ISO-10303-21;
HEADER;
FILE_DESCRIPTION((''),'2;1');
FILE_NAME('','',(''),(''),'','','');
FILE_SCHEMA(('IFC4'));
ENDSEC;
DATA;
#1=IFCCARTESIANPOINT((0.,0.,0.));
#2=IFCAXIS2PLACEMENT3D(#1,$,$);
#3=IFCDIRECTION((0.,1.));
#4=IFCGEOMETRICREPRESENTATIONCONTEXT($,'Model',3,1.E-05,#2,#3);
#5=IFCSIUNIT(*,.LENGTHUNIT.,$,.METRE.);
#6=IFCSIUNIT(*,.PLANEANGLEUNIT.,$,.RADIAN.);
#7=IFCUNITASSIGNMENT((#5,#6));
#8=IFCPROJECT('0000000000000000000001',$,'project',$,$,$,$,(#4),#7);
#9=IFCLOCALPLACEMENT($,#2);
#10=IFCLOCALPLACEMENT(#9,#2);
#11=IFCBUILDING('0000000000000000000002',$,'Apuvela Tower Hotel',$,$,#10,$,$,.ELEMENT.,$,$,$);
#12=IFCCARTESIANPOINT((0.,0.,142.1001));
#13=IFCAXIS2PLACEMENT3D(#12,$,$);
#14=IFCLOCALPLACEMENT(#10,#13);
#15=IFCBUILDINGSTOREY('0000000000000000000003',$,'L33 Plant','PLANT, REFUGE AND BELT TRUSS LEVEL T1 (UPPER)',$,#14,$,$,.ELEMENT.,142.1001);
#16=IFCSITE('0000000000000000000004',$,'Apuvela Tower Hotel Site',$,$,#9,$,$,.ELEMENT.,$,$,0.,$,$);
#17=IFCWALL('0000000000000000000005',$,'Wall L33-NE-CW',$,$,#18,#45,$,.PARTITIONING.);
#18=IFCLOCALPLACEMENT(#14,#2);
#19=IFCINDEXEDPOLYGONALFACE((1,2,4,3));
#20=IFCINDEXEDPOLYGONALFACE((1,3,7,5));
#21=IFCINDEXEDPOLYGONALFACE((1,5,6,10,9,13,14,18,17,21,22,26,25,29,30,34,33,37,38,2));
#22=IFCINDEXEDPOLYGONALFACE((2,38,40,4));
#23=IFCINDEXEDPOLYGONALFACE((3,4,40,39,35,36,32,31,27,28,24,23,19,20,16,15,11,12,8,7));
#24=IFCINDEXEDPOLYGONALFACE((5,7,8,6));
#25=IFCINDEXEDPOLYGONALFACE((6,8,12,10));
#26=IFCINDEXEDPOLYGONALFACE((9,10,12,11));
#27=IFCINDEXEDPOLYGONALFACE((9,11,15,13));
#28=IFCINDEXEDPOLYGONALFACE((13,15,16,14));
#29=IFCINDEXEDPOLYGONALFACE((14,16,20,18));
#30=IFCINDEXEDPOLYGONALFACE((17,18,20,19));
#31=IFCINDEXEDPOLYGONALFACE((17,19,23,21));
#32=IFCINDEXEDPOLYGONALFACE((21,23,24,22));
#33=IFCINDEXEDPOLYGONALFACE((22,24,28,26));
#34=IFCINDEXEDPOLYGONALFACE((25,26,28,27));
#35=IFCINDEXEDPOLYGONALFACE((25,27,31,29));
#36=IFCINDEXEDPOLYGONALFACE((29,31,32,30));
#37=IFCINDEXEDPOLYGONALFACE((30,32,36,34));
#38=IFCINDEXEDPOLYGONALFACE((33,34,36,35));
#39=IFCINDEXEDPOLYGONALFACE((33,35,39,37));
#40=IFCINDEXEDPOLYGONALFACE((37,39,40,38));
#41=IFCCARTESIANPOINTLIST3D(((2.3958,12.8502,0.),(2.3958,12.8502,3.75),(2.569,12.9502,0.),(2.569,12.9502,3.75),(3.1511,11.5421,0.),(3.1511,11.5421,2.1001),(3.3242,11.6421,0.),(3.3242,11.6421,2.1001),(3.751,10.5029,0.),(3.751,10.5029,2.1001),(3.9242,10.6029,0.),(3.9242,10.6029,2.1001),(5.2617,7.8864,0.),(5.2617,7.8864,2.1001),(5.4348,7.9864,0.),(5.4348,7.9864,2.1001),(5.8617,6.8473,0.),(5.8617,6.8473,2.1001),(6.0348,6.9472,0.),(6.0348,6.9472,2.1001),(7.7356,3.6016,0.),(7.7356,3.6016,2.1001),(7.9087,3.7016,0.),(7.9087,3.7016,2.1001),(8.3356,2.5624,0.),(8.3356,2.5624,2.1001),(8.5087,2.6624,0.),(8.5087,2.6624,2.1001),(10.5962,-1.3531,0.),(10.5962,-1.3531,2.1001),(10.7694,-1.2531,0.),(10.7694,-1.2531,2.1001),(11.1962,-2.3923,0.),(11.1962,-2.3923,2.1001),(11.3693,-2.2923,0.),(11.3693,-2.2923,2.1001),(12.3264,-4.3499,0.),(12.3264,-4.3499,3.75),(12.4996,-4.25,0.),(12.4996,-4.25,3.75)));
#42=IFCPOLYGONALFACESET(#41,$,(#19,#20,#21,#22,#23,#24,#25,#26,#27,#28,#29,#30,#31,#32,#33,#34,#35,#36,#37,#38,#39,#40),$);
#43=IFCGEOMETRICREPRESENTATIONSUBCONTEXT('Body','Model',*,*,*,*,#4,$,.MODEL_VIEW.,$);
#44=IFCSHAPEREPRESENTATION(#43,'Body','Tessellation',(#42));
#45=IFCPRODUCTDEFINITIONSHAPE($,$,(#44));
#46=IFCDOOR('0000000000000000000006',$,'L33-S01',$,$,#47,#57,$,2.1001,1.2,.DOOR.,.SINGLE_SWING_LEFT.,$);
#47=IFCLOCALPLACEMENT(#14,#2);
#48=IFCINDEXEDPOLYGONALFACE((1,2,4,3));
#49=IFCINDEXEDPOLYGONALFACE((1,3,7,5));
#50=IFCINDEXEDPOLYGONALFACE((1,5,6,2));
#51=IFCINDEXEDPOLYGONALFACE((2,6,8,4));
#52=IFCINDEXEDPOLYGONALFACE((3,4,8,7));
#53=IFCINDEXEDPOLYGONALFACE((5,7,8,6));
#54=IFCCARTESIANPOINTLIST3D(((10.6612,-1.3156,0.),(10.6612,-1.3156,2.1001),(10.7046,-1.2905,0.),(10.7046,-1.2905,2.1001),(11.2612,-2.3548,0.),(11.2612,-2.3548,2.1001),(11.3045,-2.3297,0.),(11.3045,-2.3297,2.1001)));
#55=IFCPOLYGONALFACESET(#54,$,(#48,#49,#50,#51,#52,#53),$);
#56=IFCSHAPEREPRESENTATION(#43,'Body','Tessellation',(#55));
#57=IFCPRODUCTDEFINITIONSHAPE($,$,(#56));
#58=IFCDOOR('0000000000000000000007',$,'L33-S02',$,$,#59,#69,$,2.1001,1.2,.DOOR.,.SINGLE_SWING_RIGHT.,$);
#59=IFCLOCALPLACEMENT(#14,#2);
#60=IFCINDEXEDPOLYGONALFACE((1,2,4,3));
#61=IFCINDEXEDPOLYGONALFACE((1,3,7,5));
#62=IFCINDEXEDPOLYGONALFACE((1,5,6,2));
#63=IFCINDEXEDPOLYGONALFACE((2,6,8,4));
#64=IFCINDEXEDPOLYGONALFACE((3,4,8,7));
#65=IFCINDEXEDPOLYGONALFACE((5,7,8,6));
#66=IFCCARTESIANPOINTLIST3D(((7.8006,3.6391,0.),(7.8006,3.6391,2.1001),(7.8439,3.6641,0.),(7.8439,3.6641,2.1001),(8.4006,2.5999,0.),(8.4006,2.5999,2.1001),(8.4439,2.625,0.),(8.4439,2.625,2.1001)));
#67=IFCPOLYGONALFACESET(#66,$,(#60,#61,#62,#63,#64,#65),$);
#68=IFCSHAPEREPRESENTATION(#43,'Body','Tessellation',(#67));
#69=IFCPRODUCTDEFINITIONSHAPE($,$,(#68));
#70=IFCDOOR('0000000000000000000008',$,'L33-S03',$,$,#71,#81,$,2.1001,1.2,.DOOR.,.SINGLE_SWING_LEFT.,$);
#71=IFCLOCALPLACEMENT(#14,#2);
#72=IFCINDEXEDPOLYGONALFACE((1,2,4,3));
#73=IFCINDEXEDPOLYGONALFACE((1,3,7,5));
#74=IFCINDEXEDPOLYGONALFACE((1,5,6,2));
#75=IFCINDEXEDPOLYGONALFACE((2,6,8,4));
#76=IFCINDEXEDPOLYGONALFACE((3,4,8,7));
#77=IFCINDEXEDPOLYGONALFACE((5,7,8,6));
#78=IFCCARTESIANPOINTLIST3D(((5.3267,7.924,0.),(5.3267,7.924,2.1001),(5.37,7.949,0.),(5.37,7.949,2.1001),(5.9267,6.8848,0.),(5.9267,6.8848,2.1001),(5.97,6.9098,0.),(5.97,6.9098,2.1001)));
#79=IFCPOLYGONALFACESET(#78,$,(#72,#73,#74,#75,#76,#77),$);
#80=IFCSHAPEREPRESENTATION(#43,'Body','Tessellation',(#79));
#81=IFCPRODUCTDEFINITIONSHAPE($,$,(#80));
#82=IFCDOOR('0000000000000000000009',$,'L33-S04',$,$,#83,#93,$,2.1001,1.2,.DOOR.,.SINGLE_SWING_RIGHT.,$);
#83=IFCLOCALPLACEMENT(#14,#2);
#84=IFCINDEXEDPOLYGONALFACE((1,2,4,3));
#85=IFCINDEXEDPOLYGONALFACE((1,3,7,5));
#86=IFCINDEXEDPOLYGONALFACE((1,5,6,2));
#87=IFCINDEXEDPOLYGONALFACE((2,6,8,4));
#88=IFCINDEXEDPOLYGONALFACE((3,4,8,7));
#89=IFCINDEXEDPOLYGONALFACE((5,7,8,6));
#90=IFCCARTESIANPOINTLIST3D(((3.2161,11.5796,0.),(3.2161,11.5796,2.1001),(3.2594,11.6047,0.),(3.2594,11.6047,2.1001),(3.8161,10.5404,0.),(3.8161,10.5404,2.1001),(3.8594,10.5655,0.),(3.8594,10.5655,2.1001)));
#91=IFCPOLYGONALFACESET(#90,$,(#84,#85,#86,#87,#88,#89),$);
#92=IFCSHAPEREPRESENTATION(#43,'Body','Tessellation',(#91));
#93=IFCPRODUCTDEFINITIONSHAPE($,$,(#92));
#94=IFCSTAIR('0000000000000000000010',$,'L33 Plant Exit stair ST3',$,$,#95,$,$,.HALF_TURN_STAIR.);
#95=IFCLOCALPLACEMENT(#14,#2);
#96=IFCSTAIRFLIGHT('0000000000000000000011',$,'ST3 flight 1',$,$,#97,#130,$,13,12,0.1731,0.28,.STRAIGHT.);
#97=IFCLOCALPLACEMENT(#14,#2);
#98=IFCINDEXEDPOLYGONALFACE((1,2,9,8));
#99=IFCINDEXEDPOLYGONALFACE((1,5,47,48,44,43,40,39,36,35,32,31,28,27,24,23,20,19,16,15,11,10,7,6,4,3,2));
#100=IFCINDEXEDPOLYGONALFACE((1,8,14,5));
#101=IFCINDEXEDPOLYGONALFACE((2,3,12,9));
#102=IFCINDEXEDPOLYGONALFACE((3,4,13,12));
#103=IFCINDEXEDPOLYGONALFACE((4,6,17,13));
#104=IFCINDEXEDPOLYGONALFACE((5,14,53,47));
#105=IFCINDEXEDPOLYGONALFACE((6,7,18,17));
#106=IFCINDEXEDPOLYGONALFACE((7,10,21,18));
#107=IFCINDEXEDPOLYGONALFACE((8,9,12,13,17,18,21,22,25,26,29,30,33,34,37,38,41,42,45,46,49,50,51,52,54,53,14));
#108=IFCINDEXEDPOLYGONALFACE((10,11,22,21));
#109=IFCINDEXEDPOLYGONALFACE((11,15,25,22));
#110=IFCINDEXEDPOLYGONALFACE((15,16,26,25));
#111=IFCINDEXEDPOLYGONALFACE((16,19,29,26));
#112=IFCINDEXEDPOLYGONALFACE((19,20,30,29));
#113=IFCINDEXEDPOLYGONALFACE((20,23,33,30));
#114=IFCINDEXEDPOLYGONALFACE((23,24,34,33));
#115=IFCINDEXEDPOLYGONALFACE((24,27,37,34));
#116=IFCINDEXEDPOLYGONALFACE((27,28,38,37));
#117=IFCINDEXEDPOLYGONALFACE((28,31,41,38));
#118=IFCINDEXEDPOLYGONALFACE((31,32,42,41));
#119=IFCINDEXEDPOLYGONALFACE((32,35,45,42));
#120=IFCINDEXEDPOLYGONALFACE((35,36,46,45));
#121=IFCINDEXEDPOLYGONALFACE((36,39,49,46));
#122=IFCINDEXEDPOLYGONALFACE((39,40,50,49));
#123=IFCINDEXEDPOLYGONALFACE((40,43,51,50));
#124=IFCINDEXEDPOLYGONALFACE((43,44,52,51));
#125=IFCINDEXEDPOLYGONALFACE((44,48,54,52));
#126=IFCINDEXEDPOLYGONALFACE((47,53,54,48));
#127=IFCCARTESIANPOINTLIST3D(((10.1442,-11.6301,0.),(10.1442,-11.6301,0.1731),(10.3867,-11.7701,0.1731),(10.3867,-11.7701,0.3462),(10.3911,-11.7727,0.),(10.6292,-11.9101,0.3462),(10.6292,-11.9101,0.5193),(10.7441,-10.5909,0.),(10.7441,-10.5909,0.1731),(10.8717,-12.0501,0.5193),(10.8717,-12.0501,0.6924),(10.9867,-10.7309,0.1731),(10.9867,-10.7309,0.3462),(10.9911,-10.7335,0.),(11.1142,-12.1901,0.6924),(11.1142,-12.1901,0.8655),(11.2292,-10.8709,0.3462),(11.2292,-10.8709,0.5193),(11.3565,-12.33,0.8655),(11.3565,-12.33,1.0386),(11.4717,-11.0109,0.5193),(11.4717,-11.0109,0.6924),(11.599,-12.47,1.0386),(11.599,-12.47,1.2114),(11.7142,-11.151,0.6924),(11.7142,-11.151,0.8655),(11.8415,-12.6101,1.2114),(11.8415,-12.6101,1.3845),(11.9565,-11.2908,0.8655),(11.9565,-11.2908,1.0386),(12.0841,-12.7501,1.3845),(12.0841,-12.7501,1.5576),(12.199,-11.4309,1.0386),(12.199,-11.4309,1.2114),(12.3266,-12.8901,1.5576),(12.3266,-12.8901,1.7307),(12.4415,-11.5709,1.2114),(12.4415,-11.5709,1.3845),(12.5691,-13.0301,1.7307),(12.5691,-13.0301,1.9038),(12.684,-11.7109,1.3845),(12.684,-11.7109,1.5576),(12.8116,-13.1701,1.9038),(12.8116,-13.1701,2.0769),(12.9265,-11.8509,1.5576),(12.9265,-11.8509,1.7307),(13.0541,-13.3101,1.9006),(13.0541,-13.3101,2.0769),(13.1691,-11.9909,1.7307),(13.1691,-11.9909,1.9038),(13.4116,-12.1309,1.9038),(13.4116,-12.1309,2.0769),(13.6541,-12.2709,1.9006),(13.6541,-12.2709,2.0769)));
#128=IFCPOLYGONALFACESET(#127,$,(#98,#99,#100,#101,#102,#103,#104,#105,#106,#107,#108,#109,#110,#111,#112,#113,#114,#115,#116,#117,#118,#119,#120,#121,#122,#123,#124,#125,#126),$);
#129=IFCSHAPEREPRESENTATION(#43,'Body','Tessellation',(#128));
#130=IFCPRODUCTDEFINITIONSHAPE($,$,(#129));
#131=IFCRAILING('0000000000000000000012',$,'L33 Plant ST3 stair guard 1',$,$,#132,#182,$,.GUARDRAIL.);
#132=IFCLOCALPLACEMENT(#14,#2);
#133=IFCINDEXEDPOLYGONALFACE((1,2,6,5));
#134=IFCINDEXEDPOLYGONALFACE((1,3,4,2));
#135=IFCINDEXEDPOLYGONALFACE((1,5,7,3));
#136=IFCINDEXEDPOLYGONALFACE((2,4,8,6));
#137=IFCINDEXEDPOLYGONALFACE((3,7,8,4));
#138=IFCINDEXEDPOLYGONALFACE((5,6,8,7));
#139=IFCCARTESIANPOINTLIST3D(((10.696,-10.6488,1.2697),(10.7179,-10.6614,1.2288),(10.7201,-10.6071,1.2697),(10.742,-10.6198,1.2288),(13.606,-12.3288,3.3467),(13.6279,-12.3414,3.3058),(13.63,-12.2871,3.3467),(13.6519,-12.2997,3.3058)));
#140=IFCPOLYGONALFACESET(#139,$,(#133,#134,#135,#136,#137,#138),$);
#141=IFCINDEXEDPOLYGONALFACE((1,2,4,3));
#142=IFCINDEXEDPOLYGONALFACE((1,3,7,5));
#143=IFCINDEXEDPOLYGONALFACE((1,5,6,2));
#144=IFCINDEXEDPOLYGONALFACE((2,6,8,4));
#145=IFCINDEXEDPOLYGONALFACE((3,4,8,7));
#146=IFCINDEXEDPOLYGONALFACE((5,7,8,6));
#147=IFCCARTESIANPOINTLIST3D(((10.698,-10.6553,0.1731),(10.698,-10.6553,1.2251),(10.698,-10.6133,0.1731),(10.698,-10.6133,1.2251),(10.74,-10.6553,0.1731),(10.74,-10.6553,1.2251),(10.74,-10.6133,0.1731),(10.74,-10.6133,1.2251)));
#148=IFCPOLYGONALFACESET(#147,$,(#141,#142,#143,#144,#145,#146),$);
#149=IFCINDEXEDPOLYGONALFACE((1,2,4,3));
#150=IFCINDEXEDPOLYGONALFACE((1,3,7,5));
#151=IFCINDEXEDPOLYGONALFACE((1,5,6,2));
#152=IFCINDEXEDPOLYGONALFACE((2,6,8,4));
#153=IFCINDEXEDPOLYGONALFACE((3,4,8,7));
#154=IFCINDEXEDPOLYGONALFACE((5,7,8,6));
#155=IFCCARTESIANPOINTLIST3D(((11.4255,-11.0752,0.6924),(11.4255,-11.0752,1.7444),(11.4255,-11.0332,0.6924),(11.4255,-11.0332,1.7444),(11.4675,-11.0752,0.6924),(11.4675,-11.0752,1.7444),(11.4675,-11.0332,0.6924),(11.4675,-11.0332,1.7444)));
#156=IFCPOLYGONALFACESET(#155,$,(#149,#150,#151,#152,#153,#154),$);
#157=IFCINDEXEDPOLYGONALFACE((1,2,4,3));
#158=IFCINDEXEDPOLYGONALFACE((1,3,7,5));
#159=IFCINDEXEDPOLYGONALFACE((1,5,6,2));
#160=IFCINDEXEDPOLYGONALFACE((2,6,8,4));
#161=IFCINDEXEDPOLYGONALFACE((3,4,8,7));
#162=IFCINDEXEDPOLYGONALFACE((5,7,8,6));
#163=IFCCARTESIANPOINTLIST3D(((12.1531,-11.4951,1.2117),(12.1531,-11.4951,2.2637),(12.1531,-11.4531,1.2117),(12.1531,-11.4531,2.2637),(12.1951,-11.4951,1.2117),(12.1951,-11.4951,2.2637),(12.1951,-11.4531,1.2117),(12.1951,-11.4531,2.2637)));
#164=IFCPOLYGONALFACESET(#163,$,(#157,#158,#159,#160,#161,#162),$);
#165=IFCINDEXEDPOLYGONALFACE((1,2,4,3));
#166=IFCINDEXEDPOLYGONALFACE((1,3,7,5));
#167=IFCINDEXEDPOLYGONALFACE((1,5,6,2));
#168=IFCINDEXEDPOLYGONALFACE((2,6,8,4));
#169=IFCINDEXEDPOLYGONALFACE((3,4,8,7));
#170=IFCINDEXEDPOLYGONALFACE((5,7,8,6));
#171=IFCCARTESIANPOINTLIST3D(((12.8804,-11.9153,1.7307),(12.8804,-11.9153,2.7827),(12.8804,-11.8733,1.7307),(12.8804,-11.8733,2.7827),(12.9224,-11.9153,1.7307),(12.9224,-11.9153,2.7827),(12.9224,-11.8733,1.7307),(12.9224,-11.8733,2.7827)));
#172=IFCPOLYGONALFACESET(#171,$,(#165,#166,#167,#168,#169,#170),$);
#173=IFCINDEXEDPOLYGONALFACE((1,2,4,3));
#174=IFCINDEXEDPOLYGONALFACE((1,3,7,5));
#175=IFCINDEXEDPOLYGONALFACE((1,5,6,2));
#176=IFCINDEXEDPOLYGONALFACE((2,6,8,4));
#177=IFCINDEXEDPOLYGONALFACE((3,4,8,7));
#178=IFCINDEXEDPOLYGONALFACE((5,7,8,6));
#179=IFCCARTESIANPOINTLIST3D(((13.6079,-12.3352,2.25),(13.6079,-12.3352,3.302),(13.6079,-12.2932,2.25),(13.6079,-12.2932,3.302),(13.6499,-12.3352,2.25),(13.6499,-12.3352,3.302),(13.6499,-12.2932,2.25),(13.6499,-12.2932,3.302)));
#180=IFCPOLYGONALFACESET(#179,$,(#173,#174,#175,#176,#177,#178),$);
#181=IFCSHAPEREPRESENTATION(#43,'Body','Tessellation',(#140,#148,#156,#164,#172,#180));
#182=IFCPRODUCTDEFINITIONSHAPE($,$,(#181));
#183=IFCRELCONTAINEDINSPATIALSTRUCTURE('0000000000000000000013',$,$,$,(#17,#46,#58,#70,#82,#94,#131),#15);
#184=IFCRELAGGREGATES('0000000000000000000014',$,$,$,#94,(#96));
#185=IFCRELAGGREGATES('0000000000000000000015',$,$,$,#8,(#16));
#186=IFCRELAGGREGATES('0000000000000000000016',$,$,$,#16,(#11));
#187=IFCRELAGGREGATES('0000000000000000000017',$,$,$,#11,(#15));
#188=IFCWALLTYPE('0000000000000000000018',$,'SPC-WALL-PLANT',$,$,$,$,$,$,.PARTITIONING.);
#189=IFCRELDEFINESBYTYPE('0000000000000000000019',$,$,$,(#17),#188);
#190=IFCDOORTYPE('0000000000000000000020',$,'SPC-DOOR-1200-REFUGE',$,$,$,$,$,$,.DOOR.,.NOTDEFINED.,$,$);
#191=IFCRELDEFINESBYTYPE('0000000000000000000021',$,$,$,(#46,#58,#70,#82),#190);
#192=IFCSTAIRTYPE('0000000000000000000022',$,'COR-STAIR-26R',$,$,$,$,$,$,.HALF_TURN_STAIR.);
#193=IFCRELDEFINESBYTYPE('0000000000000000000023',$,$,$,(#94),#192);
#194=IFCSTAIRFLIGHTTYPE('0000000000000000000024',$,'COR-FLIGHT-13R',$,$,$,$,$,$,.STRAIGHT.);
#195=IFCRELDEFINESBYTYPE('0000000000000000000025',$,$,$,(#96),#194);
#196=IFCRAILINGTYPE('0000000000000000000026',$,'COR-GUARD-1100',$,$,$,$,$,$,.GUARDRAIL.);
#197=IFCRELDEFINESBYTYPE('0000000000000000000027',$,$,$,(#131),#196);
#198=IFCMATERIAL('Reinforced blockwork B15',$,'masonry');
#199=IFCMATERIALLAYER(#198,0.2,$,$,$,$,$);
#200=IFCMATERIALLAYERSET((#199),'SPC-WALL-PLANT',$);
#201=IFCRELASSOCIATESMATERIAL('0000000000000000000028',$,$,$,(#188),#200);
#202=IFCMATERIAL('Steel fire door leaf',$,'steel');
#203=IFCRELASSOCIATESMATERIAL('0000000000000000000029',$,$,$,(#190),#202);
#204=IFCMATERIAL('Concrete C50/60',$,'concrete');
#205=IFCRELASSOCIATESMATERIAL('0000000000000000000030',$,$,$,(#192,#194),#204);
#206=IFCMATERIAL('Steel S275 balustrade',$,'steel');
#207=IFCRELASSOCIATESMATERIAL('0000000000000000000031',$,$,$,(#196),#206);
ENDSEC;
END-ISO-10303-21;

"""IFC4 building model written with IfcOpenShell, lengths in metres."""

from ifc_helpers import new_model, si_unit, direction, frame, frame_2d, origin, origin_2d, place, context, subcontext, project, spatial, polyline, rectangle, outline, extrude, material, layer, layer_set, type_object, element, fill, aggregate, save


model = new_model("IFC4")

# Units and contexts
model_context = context("Model", 3, precision=1e-05, world=origin(), true_north=direction((0.0, 1.0)))
body_context = subcontext(model_context, "Body", "Model", "MODEL_VIEW")
ifc_project = project(units=[si_unit("LENGTHUNIT", "METRE"), si_unit("PLANEANGLEUNIT", "RADIAN")], contexts=[model_context])

# Site, building, storey
site_placement = place(None, origin())
site = spatial("IfcSite", under=ifc_project, at=site_placement, Name="Apuvela Tower Hotel Site", CompositionType="ELEMENT", RefElevation=0.0)
building_placement = place(site_placement, origin())
building = spatial("IfcBuilding", under=site, at=building_placement, Name="Apuvela Tower Hotel", CompositionType="ELEMENT")
storey_placement = place(building_placement, frame((0.0, 0.0, 142.1001)))
storey = spatial("IfcBuildingStorey", under=building, at=storey_placement, Name="L33 Plant", Description="PLANT, REFUGE AND BELT TRUSS LEVEL T1 (UPPER)", CompositionType="ELEMENT", Elevation=142.1001)

# Shared definitions
ifc_material_1 = material(Name="Concrete C50/60", Category="concrete")

# Shared definitions
ifc_material_2 = material(Name="Reinforced blockwork B15", Category="masonry")
ifc_layer_1 = layer(ifc_material_2, 0.2)
ifc_layer_set_1 = layer_set([ifc_layer_1], Name="SPC-WALL-PLANT")
wall_type_1 = type_object("IfcWallType", Name="SPC-WALL-PLANT", PredefinedType="PARTITIONING", material=ifc_layer_set_1)

# Wall, openings, doors
wall_1_placement = place(storey_placement, frame((12.4131, -4.3, 0.0), z_axis=(0.0, 0.0, 1.0), x_axis=(-0.500005, 0.866023, 0.0)))
wall_1 = element("IfcWall", 1, at=wall_1_placement, inside=storey, type_object=wall_type_1, Name="Wall L33-NE-CW", PredefinedType="PARTITIONING", context=body_context, shape_type="SweptSolid", body=[
    extrude(rectangle(XDim=19.8611, YDim=0.2, at=frame_2d((9.9307, 0.0))), origin(), (0.0, 0.0, 1.0), 3.75),
])
opening_1_placement = place(wall_1_placement, frame((2.2605, 0.0, 0.0)))
opening_1 = element("IfcOpeningElement", 2, at=opening_1_placement, cuts=wall_1, PredefinedType="OPENING", context=body_context, shape_type="SweptSolid", body=[
    extrude(rectangle(XDim=1.2, YDim=2.1001, at=frame_2d((0.6001, 1.05))), frame((0.0, 0.1099, 0.0), z_axis=(0.0, -1.0, 0.0), x_axis=(1.0, 0.0, 0.0)), (0.0, 0.0, 1.0), 0.22),
])
opening_2_placement = place(wall_1_placement, frame((7.9817, 0.0, 0.0)))
opening_2 = element("IfcOpeningElement", 3, at=opening_2_placement, cuts=wall_1, PredefinedType="OPENING", context=body_context, shape_type="SweptSolid", body=[
    extrude(rectangle(XDim=1.2, YDim=2.1001, at=frame_2d((0.6001, 1.05))), frame((0.0, 0.1099, 0.0), z_axis=(0.0, -1.0, 0.0), x_axis=(1.0, 0.0, 0.0)), (0.0, 0.0, 1.0), 0.22),
])
opening_3_placement = place(wall_1_placement, frame((12.9294, 0.0, 0.0)))
opening_3 = element("IfcOpeningElement", 4, at=opening_3_placement, cuts=wall_1, PredefinedType="OPENING", context=body_context, shape_type="SweptSolid", body=[
    extrude(rectangle(XDim=1.2, YDim=2.1001, at=frame_2d((0.6001, 1.05))), frame((0.0, 0.1099, 0.0), z_axis=(0.0, -1.0, 0.0), x_axis=(1.0, 0.0, 0.0)), (0.0, 0.0, 1.0), 0.22),
])
opening_4_placement = place(wall_1_placement, frame((17.1506, 0.0, 0.0)))
opening_4 = element("IfcOpeningElement", 5, at=opening_4_placement, cuts=wall_1, PredefinedType="OPENING", context=body_context, shape_type="SweptSolid", body=[
    extrude(rectangle(XDim=1.2, YDim=2.1001, at=frame_2d((0.6001, 1.05))), frame((0.0, 0.1099, 0.0), z_axis=(0.0, -1.0, 0.0), x_axis=(1.0, 0.0, 0.0)), (0.0, 0.0, 1.0), 0.22),
])
ifc_material_3 = material(Name="Steel fire door leaf", Category="steel")
door_type_1 = type_object("IfcDoorType", Name="SPC-DOOR-1200-REFUGE", OperationType="NOTDEFINED", PredefinedType="DOOR", material=ifc_material_3)
door_1_placement = place(opening_1_placement, origin())
door_1 = element("IfcDoor", 6, at=door_1_placement, inside=storey, type_object=door_type_1, Name="L33-S01", OperationType="SINGLE_SWING_LEFT", OverallHeight=2.1001, OverallWidth=1.2, PredefinedType="DOOR", context=body_context, shape_type="SweptSolid", body=[
    extrude(rectangle(XDim=1.2, YDim=2.1001, at=frame_2d((0.6001, 1.05))), frame((0.0, 0.0249, 0.0), z_axis=(0.0, -1.0, 0.0), x_axis=(1.0, 0.0, 0.0)), (0.0, 0.0, 1.0), 0.05),
])
fill(opening_1, door_1)
door_2_placement = place(opening_2_placement, origin())
door_2 = element("IfcDoor", 7, at=door_2_placement, inside=storey, type_object=door_type_1, Name="L33-S02", OperationType="SINGLE_SWING_RIGHT", OverallHeight=2.1001, OverallWidth=1.2, PredefinedType="DOOR", context=body_context, shape_type="SweptSolid", body=[
    extrude(rectangle(XDim=1.2, YDim=2.1001, at=frame_2d((0.6001, 1.05))), frame((0.0, 0.0249, 0.0), z_axis=(0.0, -1.0, 0.0), x_axis=(1.0, 0.0, 0.0)), (0.0, 0.0, 1.0), 0.05),
])
fill(opening_2, door_2)
door_3_placement = place(opening_3_placement, origin())
door_3 = element("IfcDoor", 8, at=door_3_placement, inside=storey, type_object=door_type_1, Name="L33-S03", OperationType="SINGLE_SWING_LEFT", OverallHeight=2.1001, OverallWidth=1.2, PredefinedType="DOOR", context=body_context, shape_type="SweptSolid", body=[
    extrude(rectangle(XDim=1.2, YDim=2.1001, at=frame_2d((0.6001, 1.05))), frame((0.0, 0.0249, 0.0), z_axis=(0.0, -1.0, 0.0), x_axis=(1.0, 0.0, 0.0)), (0.0, 0.0, 1.0), 0.05),
])
fill(opening_3, door_3)
door_4_placement = place(opening_4_placement, origin())
door_4 = element("IfcDoor", 9, at=door_4_placement, inside=storey, type_object=door_type_1, Name="L33-S04", OperationType="SINGLE_SWING_RIGHT", OverallHeight=2.1001, OverallWidth=1.2, PredefinedType="DOOR", context=body_context, shape_type="SweptSolid", body=[
    extrude(rectangle(XDim=1.2, YDim=2.1001, at=frame_2d((0.6001, 1.05))), frame((0.0, 0.0249, 0.0), z_axis=(0.0, -1.0, 0.0), x_axis=(1.0, 0.0, 0.0)), (0.0, 0.0, 1.0), 0.05),
])
fill(opening_4, door_4)

# Stair, stair flight
stair_type = type_object("IfcStairType", Name="COR-STAIR-26R", PredefinedType="HALF_TURN_STAIR", material=ifc_material_1)
stair_placement = place(storey_placement, origin())
stair = element("IfcStair", 10, at=stair_placement, inside=storey, type_object=stair_type, Name="L33 Plant Exit stair ST3", PredefinedType="HALF_TURN_STAIR")
stair_flight_type = type_object("IfcStairFlightType", Name="COR-FLIGHT-13R", PredefinedType="STRAIGHT", material=ifc_material_1)
stair_flight_placement = place(storey_placement, frame((10.4441, -11.1106, 0.0), z_axis=(0.0, 0.0, 1.0), x_axis=(0.866025, -0.5, 0.0)))
stair_flight = element("IfcStairFlight", 11, at=stair_flight_placement, type_object=stair_flight_type, Name="ST3 flight 1", NumberOfRisers=13, NumberOfTreads=12, PredefinedType="STRAIGHT", RiserHeight=0.1731, TreadLength=0.28, context=body_context, shape_type="SweptSolid", body=[
    extrude(outline(polyline([(0.0, 0.0), (0.0, 0.1731), (0.28, 0.1731), (0.28, 0.3462), (0.5601, 0.3462), (0.5601, 0.5193), (0.8401, 0.5193), (0.8401, 0.6924), (1.1201, 0.6924), (1.1201, 0.8655), (1.3999, 0.8655), (1.3999, 1.0386), (1.6799, 1.0386), (1.6799, 1.2114), (1.96, 1.2114), (1.96, 1.3845), (2.24, 1.3845), (2.24, 1.5576), (2.52, 1.5576), (2.52, 1.7307), (2.8, 1.7307), (2.8, 1.9038), (3.0801, 1.9038), (3.0801, 2.0769), (3.3601, 2.0769), (3.3601, 2.25), (3.3601, 1.9006), (0.2852, 0.0), (0.0, 0.0)])), frame((0.0, 0.6001, 0.0), z_axis=(0.0, -1.0, 0.0), x_axis=(1.0, 0.0, 0.0)), (0.0, 0.0, 1.0), 1.2),
])
aggregate(stair, [stair_flight])

# Railing
ifc_material_4 = material(Name="Steel S275 balustrade", Category="steel")
railing_type_1 = type_object("IfcRailingType", Name="COR-GUARD-1100", PredefinedType="GUARDRAIL", material=ifc_material_4)
railing_1_placement = place(storey_placement, frame((10.719, -10.6343, 0.1731)))
element("IfcRailing", 12, at=railing_1_placement, inside=storey, type_object=railing_type_1, Name="L33 Plant ST3 stair guard 1", PredefinedType="GUARDRAIL", context=body_context, shape_type="SweptSolid", body=[
    extrude(rectangle(XDim=0.0481, YDim=0.0481, at=origin_2d()), frame((0.0, 0.0, 1.0762), z_axis=(0.736668, -0.425288, 0.525785), x_axis=(0.499976, 0.866039, 0.0)), (0.0, 0.0, 1.0), 3.9502),
    extrude(rectangle(XDim=0.042, YDim=0.042, at=origin_2d()), origin(), (0.0, 0.0, 1.0), 1.052),
    extrude(rectangle(XDim=0.042, YDim=0.042, at=origin_2d()), frame((0.7275, -0.4199, 0.5193)), (0.0, 0.0, 1.0), 1.052),
    extrude(rectangle(XDim=0.042, YDim=0.042, at=origin_2d()), frame((1.4551, -0.8398, 1.0386)), (0.0, 0.0, 1.0), 1.052),
    extrude(rectangle(XDim=0.042, YDim=0.042, at=origin_2d()), frame((2.1824, -1.26, 1.5576)), (0.0, 0.0, 1.0), 1.052),
    extrude(rectangle(XDim=0.042, YDim=0.042, at=origin_2d()), frame((2.9099, -1.6799, 2.0769)), (0.0, 0.0, 1.0), 1.052),
])

save(model, "model.ifc")
